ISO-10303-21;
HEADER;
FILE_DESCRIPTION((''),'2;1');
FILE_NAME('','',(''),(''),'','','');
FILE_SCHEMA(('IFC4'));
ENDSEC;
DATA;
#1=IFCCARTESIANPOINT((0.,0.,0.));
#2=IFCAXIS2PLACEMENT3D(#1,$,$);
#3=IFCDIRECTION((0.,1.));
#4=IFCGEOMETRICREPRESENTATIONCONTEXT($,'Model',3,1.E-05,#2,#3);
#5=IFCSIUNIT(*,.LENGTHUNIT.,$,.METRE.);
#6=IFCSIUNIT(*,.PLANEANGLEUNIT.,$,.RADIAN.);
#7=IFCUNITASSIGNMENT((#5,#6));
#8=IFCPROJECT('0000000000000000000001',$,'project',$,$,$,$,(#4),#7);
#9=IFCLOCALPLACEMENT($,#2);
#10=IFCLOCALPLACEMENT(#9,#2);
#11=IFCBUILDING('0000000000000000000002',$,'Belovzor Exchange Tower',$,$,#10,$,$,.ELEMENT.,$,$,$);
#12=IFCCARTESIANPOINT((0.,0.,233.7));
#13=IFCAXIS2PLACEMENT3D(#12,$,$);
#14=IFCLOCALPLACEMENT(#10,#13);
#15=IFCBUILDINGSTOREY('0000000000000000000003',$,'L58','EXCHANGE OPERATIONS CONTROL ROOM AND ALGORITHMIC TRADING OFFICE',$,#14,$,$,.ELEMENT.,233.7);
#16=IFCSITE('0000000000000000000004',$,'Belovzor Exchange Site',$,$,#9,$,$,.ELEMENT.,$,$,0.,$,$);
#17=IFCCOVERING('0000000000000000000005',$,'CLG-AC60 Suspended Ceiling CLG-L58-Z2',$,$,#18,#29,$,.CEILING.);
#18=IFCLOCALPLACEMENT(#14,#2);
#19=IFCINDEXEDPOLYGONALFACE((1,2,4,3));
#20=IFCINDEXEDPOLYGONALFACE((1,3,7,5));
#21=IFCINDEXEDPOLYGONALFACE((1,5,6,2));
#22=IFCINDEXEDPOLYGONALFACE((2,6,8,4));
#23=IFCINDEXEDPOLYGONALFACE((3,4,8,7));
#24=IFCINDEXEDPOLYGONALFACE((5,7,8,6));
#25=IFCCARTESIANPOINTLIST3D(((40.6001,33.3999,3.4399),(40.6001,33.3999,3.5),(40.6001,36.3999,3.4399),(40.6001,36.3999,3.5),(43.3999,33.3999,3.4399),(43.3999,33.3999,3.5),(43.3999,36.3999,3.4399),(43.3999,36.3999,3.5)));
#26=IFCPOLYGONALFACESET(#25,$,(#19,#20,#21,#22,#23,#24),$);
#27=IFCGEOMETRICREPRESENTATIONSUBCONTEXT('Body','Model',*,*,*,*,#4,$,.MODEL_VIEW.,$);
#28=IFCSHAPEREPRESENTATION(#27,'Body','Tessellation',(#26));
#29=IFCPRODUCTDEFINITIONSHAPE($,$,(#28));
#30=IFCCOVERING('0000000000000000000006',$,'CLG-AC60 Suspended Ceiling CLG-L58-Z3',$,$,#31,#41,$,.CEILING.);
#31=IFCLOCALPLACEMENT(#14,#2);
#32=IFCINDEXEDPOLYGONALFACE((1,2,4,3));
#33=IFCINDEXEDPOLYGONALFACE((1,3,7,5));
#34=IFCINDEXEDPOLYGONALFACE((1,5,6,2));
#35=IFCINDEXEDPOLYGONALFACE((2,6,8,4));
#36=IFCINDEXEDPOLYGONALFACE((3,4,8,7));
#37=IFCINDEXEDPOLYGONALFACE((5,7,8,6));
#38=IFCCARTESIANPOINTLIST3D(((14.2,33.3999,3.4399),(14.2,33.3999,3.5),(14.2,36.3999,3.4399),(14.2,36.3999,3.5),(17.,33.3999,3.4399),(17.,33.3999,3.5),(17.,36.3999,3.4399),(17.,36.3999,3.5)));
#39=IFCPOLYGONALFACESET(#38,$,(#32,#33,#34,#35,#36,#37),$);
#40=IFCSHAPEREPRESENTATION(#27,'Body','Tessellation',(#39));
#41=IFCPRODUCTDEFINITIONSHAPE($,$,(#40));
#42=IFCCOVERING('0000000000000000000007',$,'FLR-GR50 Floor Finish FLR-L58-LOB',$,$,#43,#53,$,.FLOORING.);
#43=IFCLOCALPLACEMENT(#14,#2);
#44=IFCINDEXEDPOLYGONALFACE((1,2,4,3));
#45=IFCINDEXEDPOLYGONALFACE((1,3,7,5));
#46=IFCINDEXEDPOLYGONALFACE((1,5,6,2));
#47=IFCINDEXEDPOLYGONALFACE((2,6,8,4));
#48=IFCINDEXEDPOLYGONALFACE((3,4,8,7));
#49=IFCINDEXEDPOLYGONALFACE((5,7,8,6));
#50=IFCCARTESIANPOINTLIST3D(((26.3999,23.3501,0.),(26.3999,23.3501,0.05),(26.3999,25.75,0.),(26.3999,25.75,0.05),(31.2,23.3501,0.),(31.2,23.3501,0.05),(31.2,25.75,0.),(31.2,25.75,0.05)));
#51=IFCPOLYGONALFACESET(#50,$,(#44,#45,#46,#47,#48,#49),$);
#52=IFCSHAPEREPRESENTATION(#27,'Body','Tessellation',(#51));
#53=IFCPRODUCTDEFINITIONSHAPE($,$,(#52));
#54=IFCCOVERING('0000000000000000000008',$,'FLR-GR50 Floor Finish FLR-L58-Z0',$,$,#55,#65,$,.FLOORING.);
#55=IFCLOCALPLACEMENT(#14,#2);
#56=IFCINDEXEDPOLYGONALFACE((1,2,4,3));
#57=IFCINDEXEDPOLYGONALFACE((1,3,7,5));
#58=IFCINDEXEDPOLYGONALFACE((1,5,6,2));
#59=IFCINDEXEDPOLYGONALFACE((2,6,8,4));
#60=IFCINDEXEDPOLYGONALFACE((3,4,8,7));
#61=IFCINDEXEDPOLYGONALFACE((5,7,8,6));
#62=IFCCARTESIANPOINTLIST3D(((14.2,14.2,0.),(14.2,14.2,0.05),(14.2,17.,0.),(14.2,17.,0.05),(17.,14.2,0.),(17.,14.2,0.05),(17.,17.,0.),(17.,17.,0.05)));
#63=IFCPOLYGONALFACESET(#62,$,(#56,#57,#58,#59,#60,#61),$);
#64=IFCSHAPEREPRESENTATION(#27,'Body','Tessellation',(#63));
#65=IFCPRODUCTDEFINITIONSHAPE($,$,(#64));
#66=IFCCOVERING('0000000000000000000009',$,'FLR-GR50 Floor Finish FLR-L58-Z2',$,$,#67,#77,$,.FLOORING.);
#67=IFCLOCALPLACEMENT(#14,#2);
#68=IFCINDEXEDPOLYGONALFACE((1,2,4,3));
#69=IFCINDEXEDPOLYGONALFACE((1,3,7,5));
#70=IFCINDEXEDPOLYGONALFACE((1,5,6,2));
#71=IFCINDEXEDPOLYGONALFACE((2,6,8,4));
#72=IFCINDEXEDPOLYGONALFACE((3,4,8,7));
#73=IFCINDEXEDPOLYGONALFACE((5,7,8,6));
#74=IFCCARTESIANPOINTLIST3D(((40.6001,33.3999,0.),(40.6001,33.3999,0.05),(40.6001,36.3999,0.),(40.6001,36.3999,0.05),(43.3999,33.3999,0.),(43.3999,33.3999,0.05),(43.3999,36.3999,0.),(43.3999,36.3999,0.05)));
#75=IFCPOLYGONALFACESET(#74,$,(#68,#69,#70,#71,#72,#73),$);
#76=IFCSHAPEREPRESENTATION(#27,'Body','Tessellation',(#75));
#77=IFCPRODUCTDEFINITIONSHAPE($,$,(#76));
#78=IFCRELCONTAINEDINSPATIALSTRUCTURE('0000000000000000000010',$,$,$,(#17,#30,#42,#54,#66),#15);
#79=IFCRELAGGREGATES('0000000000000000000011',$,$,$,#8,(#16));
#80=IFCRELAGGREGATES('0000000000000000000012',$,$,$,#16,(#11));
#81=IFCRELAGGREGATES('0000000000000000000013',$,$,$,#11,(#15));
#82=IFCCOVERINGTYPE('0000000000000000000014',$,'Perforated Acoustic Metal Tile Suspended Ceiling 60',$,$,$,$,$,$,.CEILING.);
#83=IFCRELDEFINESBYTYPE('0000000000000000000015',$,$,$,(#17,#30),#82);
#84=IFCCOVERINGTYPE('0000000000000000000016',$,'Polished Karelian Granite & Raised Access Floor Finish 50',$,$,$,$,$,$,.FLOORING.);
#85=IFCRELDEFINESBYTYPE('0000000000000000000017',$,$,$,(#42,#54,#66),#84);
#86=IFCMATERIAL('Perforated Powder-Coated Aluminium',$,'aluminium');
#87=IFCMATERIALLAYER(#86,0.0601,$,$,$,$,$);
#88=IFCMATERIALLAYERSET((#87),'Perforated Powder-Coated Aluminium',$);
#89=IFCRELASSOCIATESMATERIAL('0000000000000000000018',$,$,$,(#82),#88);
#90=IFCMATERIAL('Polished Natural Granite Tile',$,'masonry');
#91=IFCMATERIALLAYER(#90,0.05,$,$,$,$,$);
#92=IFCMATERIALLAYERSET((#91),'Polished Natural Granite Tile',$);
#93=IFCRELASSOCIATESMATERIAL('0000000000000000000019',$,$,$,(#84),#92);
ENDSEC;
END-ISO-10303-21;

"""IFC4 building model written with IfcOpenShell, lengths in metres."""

from ifc_helpers import new_model, si_unit, direction, frame, origin, place, context, subcontext, project, spatial, polyline, outline, extrude, material, layer, layer_set, type_object, element, save


model = new_model("IFC4")

# Units and contexts
model_context = context("Model", 3, precision=1e-05, world=origin(), true_north=direction((0.0, 1.0)))
body_context = subcontext(model_context, "Body", "Model", "MODEL_VIEW")
ifc_project = project(units=[si_unit("LENGTHUNIT", "METRE"), si_unit("PLANEANGLEUNIT", "RADIAN")], contexts=[model_context])

# Site, building, storey
site_placement = place(None, origin())
site = spatial("IfcSite", under=ifc_project, at=site_placement, Name="Belovzor Exchange Site", CompositionType="ELEMENT", RefElevation=0.0)
building_placement = place(site_placement, origin())
building = spatial("IfcBuilding", under=site, at=building_placement, Name="Belovzor Exchange Tower", CompositionType="ELEMENT")
storey_placement = place(building_placement, frame((0.0, 0.0, 233.7)))
storey = spatial("IfcBuildingStorey", under=building, at=storey_placement, Name="L58", Description="EXCHANGE OPERATIONS CONTROL ROOM AND ALGORITHMIC TRADING OFFICE", CompositionType="ELEMENT", Elevation=233.7)

# Coverings
ifc_material_1 = material(Name="Perforated Powder-Coated Aluminium", Category="aluminium")
ifc_layer_1 = layer(ifc_material_1, 0.0601)
ifc_layer_set_1 = layer_set([ifc_layer_1], Name="Perforated Powder-Coated Aluminium")
covering_type_1 = type_object("IfcCoveringType", Name="Perforated Acoustic Metal Tile Suspended Ceiling 60", PredefinedType="CEILING", material=ifc_layer_set_1)
covering_1_placement = place(storey_placement, frame((0.0, 0.0, 3.4399)))
element("IfcCovering", 1, at=covering_1_placement, inside=storey, type_object=covering_type_1, Name="CLG-AC60 Suspended Ceiling CLG-L58-Z2", PredefinedType="CEILING", context=body_context, shape_type="SweptSolid", body=[
    extrude(outline(polyline([(40.6001, 33.3999), (43.3999, 33.3999), (43.3999, 36.3999), (40.6001, 36.3999), (40.6001, 33.3999)])), origin(), (0.0, 0.0, 1.0), 0.0601),
])
covering_2_placement = place(storey_placement, frame((0.0, 0.0, 3.4399)))
element("IfcCovering", 2, at=covering_2_placement, inside=storey, type_object=covering_type_1, Name="CLG-AC60 Suspended Ceiling CLG-L58-Z3", PredefinedType="CEILING", context=body_context, shape_type="SweptSolid", body=[
    extrude(outline(polyline([(14.2, 33.3999), (17.0, 33.3999), (17.0, 36.3999), (14.2, 36.3999), (14.2, 33.3999)])), origin(), (0.0, 0.0, 1.0), 0.0601),
])
ifc_material_2 = material(Name="Polished Natural Granite Tile", Category="masonry")
ifc_layer_2 = layer(ifc_material_2, 0.05)
ifc_layer_set_2 = layer_set([ifc_layer_2], Name="Polished Natural Granite Tile")
covering_type_2 = type_object("IfcCoveringType", Name="Polished Karelian Granite & Raised Access Floor Finish 50", PredefinedType="FLOORING", material=ifc_layer_set_2)
covering_3_placement = place(storey_placement, origin())
element("IfcCovering", 3, at=covering_3_placement, inside=storey, type_object=covering_type_2, Name="FLR-GR50 Floor Finish FLR-L58-LOB", PredefinedType="FLOORING", context=body_context, shape_type="SweptSolid", body=[
    extrude(outline(polyline([(26.3999, 23.3501), (31.2, 23.3501), (31.2, 25.75), (26.3999, 25.75), (26.3999, 23.3501)])), origin(), (0.0, 0.0, 1.0), 0.05),
])
covering_4_placement = place(storey_placement, origin())
element("IfcCovering", 4, at=covering_4_placement, inside=storey, type_object=covering_type_2, Name="FLR-GR50 Floor Finish FLR-L58-Z0", PredefinedType="FLOORING", context=body_context, shape_type="SweptSolid", body=[
    extrude(outline(polyline([(14.2, 14.2), (17.0, 14.2), (17.0, 17.0), (14.2, 17.0), (14.2, 14.2)])), origin(), (0.0, 0.0, 1.0), 0.05),
])
covering_5_placement = place(storey_placement, origin())
element("IfcCovering", 5, at=covering_5_placement, inside=storey, type_object=covering_type_2, Name="FLR-GR50 Floor Finish FLR-L58-Z2", PredefinedType="FLOORING", context=body_context, shape_type="SweptSolid", body=[
    extrude(outline(polyline([(40.6001, 33.3999), (43.3999, 33.3999), (43.3999, 36.3999), (40.6001, 36.3999), (40.6001, 33.3999)])), origin(), (0.0, 0.0, 1.0), 0.05),
])

save(model, "model.ifc")
